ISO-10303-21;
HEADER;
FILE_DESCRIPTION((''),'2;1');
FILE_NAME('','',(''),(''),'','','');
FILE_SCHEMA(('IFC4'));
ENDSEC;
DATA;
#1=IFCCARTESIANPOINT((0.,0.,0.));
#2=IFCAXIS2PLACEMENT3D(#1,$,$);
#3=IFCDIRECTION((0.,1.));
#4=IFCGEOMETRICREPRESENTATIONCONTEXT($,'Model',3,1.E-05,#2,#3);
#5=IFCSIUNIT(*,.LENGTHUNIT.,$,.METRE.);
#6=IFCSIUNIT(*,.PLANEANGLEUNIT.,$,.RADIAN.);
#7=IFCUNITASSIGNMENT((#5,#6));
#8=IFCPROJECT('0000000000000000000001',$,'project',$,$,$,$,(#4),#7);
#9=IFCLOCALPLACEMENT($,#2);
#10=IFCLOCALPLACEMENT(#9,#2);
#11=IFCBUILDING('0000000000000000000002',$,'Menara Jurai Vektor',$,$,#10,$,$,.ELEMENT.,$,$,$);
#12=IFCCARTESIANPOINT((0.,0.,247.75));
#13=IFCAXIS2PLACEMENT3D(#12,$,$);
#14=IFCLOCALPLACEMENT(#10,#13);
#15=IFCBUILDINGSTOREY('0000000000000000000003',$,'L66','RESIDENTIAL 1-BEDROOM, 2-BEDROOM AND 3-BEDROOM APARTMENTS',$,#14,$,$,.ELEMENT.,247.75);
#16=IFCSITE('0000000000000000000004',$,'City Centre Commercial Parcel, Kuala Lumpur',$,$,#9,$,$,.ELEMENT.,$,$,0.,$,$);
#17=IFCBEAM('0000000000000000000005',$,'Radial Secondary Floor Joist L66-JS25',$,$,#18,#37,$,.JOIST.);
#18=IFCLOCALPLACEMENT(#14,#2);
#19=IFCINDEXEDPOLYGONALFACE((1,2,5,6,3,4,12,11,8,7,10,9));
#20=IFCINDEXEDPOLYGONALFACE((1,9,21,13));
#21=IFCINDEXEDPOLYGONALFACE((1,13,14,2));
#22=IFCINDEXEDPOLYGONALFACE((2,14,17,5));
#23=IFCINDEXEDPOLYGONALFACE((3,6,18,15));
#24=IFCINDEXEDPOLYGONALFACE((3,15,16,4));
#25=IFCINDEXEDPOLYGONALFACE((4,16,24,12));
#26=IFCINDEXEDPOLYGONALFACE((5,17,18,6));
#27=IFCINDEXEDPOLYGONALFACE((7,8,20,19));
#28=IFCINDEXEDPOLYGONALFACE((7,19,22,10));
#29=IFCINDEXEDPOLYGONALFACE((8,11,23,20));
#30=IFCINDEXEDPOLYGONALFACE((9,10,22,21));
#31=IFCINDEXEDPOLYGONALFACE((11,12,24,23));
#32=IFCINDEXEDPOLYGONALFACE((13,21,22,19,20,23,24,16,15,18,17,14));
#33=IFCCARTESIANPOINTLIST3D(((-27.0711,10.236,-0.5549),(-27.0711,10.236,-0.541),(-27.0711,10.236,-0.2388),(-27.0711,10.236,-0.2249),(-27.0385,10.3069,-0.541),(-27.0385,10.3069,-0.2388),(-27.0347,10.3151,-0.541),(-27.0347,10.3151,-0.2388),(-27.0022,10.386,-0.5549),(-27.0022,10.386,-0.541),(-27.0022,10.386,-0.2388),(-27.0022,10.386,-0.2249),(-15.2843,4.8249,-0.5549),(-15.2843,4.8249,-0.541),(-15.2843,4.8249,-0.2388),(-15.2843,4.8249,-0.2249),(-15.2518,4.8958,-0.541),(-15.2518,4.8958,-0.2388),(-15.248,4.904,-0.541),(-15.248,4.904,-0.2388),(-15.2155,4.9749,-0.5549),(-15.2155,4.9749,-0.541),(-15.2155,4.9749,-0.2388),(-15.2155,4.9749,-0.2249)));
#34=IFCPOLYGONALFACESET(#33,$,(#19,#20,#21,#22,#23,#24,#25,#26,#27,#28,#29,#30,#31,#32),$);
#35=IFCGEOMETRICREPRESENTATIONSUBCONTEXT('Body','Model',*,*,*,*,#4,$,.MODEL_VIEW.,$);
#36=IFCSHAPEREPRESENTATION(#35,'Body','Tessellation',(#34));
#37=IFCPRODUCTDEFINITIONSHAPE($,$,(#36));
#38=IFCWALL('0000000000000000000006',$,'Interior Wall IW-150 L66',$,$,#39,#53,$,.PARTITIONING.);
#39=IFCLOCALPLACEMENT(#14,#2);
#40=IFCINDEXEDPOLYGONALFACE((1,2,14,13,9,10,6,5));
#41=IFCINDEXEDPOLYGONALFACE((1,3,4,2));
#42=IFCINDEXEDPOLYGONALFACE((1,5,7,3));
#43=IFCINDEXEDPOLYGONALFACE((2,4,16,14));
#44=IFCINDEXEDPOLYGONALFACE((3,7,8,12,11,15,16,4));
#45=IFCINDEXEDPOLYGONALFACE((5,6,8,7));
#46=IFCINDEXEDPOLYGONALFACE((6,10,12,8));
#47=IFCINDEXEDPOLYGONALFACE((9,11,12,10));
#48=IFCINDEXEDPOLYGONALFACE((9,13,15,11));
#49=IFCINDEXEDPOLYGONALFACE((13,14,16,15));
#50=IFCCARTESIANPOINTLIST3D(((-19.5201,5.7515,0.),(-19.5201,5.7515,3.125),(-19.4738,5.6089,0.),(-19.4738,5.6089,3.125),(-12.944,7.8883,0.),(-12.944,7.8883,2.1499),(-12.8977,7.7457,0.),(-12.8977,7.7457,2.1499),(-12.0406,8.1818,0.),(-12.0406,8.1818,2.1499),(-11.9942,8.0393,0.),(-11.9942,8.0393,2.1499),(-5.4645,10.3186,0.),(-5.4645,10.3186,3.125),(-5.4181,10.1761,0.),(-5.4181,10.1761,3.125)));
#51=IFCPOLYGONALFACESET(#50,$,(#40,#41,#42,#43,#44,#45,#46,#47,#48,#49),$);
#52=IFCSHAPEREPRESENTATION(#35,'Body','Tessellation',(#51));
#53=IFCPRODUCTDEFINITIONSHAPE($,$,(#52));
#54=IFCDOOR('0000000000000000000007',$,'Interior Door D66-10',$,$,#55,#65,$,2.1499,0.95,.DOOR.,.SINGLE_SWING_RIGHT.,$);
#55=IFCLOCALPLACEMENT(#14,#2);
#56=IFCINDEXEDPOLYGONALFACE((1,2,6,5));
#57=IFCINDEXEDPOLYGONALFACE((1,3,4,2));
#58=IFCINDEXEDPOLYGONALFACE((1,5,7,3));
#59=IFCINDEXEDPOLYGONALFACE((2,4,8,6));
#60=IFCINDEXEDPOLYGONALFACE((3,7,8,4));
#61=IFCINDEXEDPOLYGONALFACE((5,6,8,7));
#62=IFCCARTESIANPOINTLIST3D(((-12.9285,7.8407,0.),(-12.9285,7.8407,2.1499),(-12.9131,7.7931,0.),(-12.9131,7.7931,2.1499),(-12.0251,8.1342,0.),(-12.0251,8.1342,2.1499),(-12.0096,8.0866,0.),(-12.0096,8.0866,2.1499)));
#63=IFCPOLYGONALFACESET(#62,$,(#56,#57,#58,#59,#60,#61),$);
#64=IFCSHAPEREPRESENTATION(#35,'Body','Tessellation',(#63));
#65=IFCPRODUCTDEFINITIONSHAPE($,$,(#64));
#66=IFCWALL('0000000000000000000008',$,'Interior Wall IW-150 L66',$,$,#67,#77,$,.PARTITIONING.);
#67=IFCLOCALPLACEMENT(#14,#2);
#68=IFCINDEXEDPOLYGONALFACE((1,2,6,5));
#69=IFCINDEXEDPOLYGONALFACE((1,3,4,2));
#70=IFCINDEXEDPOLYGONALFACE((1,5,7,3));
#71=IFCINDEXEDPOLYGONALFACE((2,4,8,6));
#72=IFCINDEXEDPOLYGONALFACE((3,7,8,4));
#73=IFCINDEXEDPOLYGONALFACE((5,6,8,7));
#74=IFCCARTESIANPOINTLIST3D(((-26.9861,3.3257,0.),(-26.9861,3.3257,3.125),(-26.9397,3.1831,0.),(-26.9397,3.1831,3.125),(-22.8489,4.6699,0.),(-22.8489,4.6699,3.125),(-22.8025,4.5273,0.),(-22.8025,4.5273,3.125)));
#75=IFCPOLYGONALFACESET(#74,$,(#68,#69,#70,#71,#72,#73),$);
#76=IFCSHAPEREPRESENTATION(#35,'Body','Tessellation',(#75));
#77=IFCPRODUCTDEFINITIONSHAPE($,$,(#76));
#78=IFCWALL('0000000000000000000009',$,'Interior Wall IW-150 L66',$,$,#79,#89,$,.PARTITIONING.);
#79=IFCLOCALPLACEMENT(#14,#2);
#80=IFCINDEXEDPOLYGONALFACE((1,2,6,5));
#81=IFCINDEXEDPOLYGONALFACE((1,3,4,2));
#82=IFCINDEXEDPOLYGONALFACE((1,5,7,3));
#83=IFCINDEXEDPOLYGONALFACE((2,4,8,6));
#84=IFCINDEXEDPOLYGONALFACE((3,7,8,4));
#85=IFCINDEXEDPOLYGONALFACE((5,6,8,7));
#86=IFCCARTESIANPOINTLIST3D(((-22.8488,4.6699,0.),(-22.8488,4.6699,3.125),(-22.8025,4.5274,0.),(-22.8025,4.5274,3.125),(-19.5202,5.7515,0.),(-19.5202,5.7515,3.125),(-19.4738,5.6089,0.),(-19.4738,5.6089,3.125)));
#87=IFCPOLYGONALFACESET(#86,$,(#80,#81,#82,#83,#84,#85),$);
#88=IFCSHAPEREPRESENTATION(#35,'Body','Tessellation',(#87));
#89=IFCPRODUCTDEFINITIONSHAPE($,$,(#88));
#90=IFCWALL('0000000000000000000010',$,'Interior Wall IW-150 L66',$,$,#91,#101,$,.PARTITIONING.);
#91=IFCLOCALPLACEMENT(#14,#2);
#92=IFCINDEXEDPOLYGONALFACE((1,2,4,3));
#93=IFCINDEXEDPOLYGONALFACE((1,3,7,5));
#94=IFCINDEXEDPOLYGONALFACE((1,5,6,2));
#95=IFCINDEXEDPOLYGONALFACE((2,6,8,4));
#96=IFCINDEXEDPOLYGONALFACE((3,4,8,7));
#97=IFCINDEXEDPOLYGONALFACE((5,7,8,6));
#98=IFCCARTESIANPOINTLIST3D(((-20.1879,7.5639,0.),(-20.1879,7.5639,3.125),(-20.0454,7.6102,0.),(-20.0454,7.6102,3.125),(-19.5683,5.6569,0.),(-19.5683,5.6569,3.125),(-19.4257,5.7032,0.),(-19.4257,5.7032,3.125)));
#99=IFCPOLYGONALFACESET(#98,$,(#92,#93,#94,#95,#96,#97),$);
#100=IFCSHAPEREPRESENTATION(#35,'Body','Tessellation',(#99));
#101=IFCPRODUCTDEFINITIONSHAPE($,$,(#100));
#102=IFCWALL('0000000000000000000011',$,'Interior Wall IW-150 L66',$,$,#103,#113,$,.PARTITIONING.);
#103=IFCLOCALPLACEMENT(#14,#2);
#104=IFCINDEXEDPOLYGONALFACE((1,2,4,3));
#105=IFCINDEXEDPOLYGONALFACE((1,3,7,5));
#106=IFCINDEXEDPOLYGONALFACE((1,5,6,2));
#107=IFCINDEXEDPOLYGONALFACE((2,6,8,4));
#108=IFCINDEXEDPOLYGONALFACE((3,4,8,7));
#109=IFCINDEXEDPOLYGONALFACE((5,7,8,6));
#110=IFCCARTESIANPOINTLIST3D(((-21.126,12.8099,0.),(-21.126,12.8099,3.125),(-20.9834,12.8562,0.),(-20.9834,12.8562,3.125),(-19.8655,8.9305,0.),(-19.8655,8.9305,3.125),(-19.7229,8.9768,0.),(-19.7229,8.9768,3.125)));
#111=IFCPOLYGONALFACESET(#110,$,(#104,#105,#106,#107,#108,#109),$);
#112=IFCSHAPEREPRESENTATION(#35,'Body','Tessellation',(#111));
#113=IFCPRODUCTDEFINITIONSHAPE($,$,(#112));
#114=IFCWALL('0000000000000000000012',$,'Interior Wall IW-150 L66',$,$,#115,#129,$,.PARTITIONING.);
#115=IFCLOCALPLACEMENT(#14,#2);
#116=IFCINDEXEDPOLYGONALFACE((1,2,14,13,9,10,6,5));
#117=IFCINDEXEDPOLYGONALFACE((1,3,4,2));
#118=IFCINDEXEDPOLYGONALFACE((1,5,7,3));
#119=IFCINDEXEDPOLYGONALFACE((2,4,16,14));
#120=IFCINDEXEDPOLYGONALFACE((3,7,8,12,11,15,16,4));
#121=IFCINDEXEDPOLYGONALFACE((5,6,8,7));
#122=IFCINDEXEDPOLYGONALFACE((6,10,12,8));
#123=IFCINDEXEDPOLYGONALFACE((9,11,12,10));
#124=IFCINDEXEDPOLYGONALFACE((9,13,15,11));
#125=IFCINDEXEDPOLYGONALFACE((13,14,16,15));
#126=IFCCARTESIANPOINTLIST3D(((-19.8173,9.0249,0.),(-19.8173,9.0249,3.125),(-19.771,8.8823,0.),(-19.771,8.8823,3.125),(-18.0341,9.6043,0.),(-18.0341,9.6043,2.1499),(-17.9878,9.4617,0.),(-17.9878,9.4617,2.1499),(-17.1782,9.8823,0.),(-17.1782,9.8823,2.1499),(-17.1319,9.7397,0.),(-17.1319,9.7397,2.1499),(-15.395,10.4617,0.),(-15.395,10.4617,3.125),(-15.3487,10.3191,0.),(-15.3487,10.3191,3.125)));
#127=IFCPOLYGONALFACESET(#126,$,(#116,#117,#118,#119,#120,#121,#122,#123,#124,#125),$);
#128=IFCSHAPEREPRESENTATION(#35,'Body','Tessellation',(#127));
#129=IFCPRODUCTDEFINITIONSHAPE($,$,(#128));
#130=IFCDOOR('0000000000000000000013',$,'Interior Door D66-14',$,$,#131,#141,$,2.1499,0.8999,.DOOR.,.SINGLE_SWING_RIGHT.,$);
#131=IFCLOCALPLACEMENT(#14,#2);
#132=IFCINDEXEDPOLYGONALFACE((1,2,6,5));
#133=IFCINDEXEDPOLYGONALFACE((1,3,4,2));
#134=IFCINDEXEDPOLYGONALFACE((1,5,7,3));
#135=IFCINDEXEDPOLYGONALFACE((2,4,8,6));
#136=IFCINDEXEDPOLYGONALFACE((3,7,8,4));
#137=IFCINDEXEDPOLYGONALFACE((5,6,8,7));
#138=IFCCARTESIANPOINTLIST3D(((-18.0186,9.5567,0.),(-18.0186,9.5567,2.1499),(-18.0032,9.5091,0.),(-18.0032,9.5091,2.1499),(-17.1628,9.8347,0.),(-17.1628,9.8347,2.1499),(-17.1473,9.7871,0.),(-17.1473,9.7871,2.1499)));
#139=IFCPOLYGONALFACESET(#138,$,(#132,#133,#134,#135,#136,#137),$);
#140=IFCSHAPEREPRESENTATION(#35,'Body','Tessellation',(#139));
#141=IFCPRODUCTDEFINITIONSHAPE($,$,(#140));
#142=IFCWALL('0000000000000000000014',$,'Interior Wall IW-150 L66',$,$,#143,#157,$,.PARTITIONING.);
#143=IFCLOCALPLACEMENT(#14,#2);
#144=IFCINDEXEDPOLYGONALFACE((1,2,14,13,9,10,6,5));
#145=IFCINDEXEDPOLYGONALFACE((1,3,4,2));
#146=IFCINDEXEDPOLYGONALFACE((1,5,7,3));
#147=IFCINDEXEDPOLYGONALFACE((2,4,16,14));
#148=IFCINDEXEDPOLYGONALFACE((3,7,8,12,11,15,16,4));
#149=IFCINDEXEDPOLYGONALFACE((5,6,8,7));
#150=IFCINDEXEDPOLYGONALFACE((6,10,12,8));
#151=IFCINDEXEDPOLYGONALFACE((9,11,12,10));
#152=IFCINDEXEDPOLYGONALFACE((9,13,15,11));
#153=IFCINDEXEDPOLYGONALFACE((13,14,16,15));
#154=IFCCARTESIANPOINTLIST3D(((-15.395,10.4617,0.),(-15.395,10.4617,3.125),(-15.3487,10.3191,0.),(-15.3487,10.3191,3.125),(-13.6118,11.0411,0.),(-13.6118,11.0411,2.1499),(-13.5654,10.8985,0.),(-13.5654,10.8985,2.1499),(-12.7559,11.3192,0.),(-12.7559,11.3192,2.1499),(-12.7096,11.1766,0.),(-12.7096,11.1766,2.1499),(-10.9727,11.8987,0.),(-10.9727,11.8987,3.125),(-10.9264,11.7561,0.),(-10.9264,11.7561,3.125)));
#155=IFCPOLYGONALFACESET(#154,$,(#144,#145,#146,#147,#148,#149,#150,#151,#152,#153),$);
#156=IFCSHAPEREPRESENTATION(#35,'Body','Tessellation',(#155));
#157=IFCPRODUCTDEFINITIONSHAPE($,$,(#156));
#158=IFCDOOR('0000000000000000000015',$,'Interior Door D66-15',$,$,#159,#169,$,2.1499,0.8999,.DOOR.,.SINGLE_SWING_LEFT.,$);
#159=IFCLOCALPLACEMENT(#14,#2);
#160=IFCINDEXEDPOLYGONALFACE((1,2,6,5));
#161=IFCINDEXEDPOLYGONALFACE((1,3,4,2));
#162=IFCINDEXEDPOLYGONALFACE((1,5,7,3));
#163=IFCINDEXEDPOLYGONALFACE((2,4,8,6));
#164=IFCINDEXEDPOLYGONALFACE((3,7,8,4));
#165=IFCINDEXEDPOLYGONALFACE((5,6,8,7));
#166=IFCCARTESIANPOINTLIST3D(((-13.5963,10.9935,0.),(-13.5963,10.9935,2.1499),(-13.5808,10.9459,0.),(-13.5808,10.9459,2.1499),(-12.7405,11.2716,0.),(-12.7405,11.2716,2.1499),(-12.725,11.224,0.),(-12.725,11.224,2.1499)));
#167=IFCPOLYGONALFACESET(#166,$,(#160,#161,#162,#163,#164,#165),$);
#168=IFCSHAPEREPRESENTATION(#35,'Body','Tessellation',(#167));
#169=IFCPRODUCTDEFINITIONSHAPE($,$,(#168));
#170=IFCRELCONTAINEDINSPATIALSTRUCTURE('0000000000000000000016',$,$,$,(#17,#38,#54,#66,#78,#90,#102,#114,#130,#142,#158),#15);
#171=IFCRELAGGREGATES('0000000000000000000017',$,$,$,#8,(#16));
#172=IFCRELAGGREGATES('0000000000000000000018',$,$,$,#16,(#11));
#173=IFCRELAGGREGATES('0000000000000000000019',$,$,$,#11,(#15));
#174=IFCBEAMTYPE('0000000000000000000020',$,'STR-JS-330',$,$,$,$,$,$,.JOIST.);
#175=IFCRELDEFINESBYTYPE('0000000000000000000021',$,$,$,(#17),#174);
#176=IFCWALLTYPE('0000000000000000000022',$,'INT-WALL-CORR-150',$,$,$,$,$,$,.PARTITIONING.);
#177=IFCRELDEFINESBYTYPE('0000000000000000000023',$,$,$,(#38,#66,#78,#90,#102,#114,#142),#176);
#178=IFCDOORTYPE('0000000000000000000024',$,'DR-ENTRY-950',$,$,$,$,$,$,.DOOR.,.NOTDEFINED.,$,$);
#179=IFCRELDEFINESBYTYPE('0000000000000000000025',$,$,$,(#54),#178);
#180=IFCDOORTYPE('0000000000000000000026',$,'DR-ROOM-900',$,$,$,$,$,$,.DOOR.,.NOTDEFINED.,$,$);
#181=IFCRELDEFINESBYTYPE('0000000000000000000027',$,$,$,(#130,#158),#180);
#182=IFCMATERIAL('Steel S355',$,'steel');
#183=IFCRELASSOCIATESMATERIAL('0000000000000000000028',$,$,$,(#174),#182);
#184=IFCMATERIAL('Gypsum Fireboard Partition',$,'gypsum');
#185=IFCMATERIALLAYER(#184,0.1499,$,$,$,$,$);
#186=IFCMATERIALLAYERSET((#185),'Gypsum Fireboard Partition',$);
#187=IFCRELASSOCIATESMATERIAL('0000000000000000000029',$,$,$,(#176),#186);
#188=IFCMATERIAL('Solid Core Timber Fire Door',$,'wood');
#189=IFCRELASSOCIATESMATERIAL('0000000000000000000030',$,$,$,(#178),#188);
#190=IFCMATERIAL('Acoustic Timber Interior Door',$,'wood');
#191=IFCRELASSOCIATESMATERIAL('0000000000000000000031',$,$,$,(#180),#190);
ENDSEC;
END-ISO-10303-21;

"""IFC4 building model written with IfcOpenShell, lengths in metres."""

from ifc_helpers import new_model, si_unit, direction, frame, frame_2d, origin, origin_2d, place, context, subcontext, project, spatial, rectangle, i_section, extrude, material, layer, layer_set, material_profile, profile_set, type_object, element, fill, save


model = new_model("IFC4")

# Units and contexts
model_context = context("Model", 3, precision=1e-05, world=origin(), true_north=direction((0.0, 1.0)))
body_context = subcontext(model_context, "Body", "Model", "MODEL_VIEW")
ifc_project = project(units=[si_unit("LENGTHUNIT", "METRE"), si_unit("PLANEANGLEUNIT", "RADIAN")], contexts=[model_context])

# Site, building, storey
site_placement = place(None, origin())
site = spatial("IfcSite", under=ifc_project, at=site_placement, Name="City Centre Commercial Parcel, Kuala Lumpur", CompositionType="ELEMENT", RefElevation=0.0)
building_placement = place(site_placement, origin())
building = spatial("IfcBuilding", under=site, at=building_placement, Name="Menara Jurai Vektor", CompositionType="ELEMENT")
storey_placement = place(building_placement, frame((0.0, 0.0, 247.75)))
storey = spatial("IfcBuildingStorey", under=building, at=storey_placement, Name="L66", Description="RESIDENTIAL 1-BEDROOM, 2-BEDROOM AND 3-BEDROOM APARTMENTS", CompositionType="ELEMENT", Elevation=247.75)

# Beam
ifc_material_1 = material(Name="Steel S355", Category="steel")
ifc_material_profile = material_profile(ifc_material_1, i_section(OverallWidth=0.165, OverallDepth=0.3301, WebThickness=0.009, FlangeThickness=0.0139, at=origin_2d()), Name="PG 330x165x46")
ifc_profile_set = profile_set([ifc_material_profile], Name="Steel S355")
beam_type = type_object("IfcBeamType", Name="STR-JS-330", PredefinedType="JOIST", material=ifc_profile_set)
beam_placement = place(storey_placement, frame((-27.0366, 10.311, -0.3899), z_axis=(0.908804, -0.417224, 0.0), x_axis=(0.417224, 0.908804, 0.0)))
element("IfcBeam", 1, at=beam_placement, inside=storey, type_object=beam_type, Name="Radial Secondary Floor Joist L66-JS25", PredefinedType="JOIST", context=body_context, shape_type="SweptSolid", body=[
    extrude(i_section(OverallWidth=0.165, OverallDepth=0.3301, WebThickness=0.009, FlangeThickness=0.0139, at=origin_2d()), origin(), (0.0, 0.0, 1.0), 12.9695),
])

# Wall, opening, door
ifc_material_2 = material(Name="Gypsum Fireboard Partition", Category="gypsum")
ifc_layer_1 = layer(ifc_material_2, 0.1499)
ifc_layer_set_1 = layer_set([ifc_layer_1], Name="Gypsum Fireboard Partition")
wall_type_1 = type_object("IfcWallType", Name="INT-WALL-CORR-150", PredefinedType="PARTITIONING", material=ifc_layer_set_1)
wall_1_placement = place(storey_placement, frame((-19.4971, 5.6802, 0.0), z_axis=(0.0, 0.0, 1.0), x_axis=(0.951053, 0.309028, 0.0)))
wall_1 = element("IfcWall", 2, at=wall_1_placement, inside=storey, type_object=wall_type_1, Name="Interior Wall IW-150 L66", PredefinedType="PARTITIONING", context=body_context, shape_type="SweptSolid", body=[
    extrude(rectangle(XDim=14.7791, YDim=0.1499, at=frame_2d((7.3896, 0.0))), origin(), (0.0, 0.0, 1.0), 3.125),
])
opening_1_placement = place(wall_1_placement, frame((6.9146, 0.0, 0.0)))
opening_1 = element("IfcOpeningElement", 3, at=opening_1_placement, cuts=wall_1, PredefinedType="OPENING", context=body_context, shape_type="SweptSolid", body=[
    extrude(rectangle(XDim=0.95, YDim=2.1499, at=frame_2d((0.4751, 1.075))), frame((0.0, 0.085, 0.0), z_axis=(0.0, -1.0, 0.0), x_axis=(1.0, 0.0, 0.0)), (0.0, 0.0, 1.0), 0.1699),
])
ifc_material_3 = material(Name="Solid Core Timber Fire Door", Category="wood")
door_type_1 = type_object("IfcDoorType", Name="DR-ENTRY-950", OperationType="NOTDEFINED", PredefinedType="DOOR", material=ifc_material_3)
door_1_placement = place(opening_1_placement, origin())
door_1 = element("IfcDoor", 4, at=door_1_placement, inside=storey, type_object=door_type_1, Name="Interior Door D66-10", OperationType="SINGLE_SWING_RIGHT", OverallHeight=2.1499, OverallWidth=0.95, PredefinedType="DOOR", context=body_context, shape_type="SweptSolid", body=[
    extrude(rectangle(XDim=0.95, YDim=2.1499, at=frame_2d((0.4751, 1.075))), frame((0.0, 0.0249, 0.0), z_axis=(0.0, -1.0, 0.0), x_axis=(1.0, 0.0, 0.0)), (0.0, 0.0, 1.0), 0.05),
])
fill(opening_1, door_1)

# Walls
wall_2_placement = place(storey_placement, frame((-26.9629, 3.2544, 0.0), z_axis=(0.0, 0.0, 1.0), x_axis=(0.951058, 0.309012, 0.0)))
element("IfcWall", 5, at=wall_2_placement, inside=storey, type_object=wall_type_1, Name="Interior Wall IW-150 L66", PredefinedType="PARTITIONING", context=body_context, shape_type="SweptSolid", body=[
    extrude(rectangle(XDim=4.3501, YDim=0.1499, at=frame_2d((2.175, 0.0))), origin(), (0.0, 0.0, 1.0), 3.125),
])
wall_3_placement = place(storey_placement, frame((-22.8257, 4.5986, 0.0), z_axis=(0.0, 0.0, 1.0), x_axis=(0.951056, 0.30902, 0.0)))
element("IfcWall", 6, at=wall_3_placement, inside=storey, type_object=wall_type_1, Name="Interior Wall IW-150 L66", PredefinedType="PARTITIONING", context=body_context, shape_type="SweptSolid", body=[
    extrude(rectangle(XDim=3.5, YDim=0.1499, at=frame_2d((1.75, 0.0))), origin(), (0.0, 0.0, 1.0), 3.125),
])

# Shared definitions
ifc_material_4 = material(Name="Acoustic Timber Interior Door", Category="wood")
door_type_2 = type_object("IfcDoorType", Name="DR-ROOM-900", OperationType="NOTDEFINED", PredefinedType="DOOR", material=ifc_material_4)

# Walls
wall_4_placement = place(storey_placement, frame((-19.4971, 5.6802, 0.0), z_axis=(0.0, 0.0, 1.0), x_axis=(-0.309023, 0.951055, 0.0)))
element("IfcWall", 7, at=wall_4_placement, inside=storey, type_object=wall_type_1, Name="Interior Wall IW-150 L66", PredefinedType="PARTITIONING", context=body_context, shape_type="SweptSolid", body=[
    extrude(rectangle(XDim=2.0051, YDim=0.1499, at=frame_2d((1.0024, 0.0))), origin(), (0.0, 0.0, 1.0), 3.125),
])
wall_5_placement = place(storey_placement, frame((-19.7942, 8.9536, 0.0), z_axis=(0.0, 0.0, 1.0), x_axis=(-0.309018, 0.951056, 0.0)))
element("IfcWall", 8, at=wall_5_placement, inside=storey, type_object=wall_type_1, Name="Interior Wall IW-150 L66", PredefinedType="PARTITIONING", context=body_context, shape_type="SweptSolid", body=[
    extrude(rectangle(XDim=4.0791, YDim=0.1499, at=frame_2d((2.0396, 0.0))), origin(), (0.0, 0.0, 1.0), 3.125),
])

# Walls, openings, doors
wall_6_placement = place(storey_placement, frame((-19.7942, 8.9536, 0.0), z_axis=(0.0, 0.0, 1.0), x_axis=(0.951066, 0.308989, 0.0)))
wall_6 = element("IfcWall", 9, at=wall_6_placement, inside=storey, type_object=wall_type_1, Name="Interior Wall IW-150 L66", PredefinedType="PARTITIONING", context=body_context, shape_type="SweptSolid", body=[
    extrude(rectangle(XDim=4.6499, YDim=0.1499, at=frame_2d((2.325, 0.0))), origin(), (0.0, 0.0, 1.0), 3.125),
])
opening_2_placement = place(wall_6_placement, frame((1.875, 0.0, 0.0)))
opening_2 = element("IfcOpeningElement", 10, at=opening_2_placement, cuts=wall_6, PredefinedType="OPENING", context=body_context, shape_type="SweptSolid", body=[
    extrude(rectangle(XDim=0.8999, YDim=2.1499, at=frame_2d((0.45, 1.075))), frame((0.0, 0.085, 0.0), z_axis=(0.0, -1.0, 0.0), x_axis=(1.0, 0.0, 0.0)), (0.0, 0.0, 1.0), 0.1699),
])
door_2_placement = place(opening_2_placement, origin())
door_2 = element("IfcDoor", 11, at=door_2_placement, inside=storey, type_object=door_type_2, Name="Interior Door D66-14", OperationType="SINGLE_SWING_RIGHT", OverallHeight=2.1499, OverallWidth=0.8999, PredefinedType="DOOR", context=body_context, shape_type="SweptSolid", body=[
    extrude(rectangle(XDim=0.8999, YDim=2.1499, at=frame_2d((0.45, 1.075))), frame((0.0, 0.0249, 0.0), z_axis=(0.0, -1.0, 0.0), x_axis=(1.0, 0.0, 0.0)), (0.0, 0.0, 1.0), 0.05),
])
fill(opening_2, door_2)
wall_7_placement = place(storey_placement, frame((-15.3718, 10.3904, 0.0), z_axis=(0.0, 0.0, 1.0), x_axis=(0.95105, 0.309036, 0.0)))
wall_7 = element("IfcWall", 12, at=wall_7_placement, inside=storey, type_object=wall_type_1, Name="Interior Wall IW-150 L66", PredefinedType="PARTITIONING", context=body_context, shape_type="SweptSolid", body=[
    extrude(rectangle(XDim=4.6499, YDim=0.1499, at=frame_2d((2.325, 0.0))), origin(), (0.0, 0.0, 1.0), 3.125),
])
opening_3_placement = place(wall_7_placement, frame((1.875, 0.0, 0.0)))
opening_3 = element("IfcOpeningElement", 13, at=opening_3_placement, cuts=wall_7, PredefinedType="OPENING", context=body_context, shape_type="SweptSolid", body=[
    extrude(rectangle(XDim=0.8999, YDim=2.1499, at=frame_2d((0.45, 1.075))), frame((0.0, 0.085, 0.0), z_axis=(0.0, -1.0, 0.0), x_axis=(1.0, 0.0, 0.0)), (0.0, 0.0, 1.0), 0.1699),
])
door_3_placement = place(opening_3_placement, origin())
door_3 = element("IfcDoor", 14, at=door_3_placement, inside=storey, type_object=door_type_2, Name="Interior Door D66-15", OperationType="SINGLE_SWING_LEFT", OverallHeight=2.1499, OverallWidth=0.8999, PredefinedType="DOOR", context=body_context, shape_type="SweptSolid", body=[
    extrude(rectangle(XDim=0.8999, YDim=2.1499, at=frame_2d((0.45, 1.075))), frame((0.0, 0.0249, 0.0), z_axis=(0.0, -1.0, 0.0), x_axis=(1.0, 0.0, 0.0)), (0.0, 0.0, 1.0), 0.05),
])
fill(opening_3, door_3)

save(model, "model.ifc")
